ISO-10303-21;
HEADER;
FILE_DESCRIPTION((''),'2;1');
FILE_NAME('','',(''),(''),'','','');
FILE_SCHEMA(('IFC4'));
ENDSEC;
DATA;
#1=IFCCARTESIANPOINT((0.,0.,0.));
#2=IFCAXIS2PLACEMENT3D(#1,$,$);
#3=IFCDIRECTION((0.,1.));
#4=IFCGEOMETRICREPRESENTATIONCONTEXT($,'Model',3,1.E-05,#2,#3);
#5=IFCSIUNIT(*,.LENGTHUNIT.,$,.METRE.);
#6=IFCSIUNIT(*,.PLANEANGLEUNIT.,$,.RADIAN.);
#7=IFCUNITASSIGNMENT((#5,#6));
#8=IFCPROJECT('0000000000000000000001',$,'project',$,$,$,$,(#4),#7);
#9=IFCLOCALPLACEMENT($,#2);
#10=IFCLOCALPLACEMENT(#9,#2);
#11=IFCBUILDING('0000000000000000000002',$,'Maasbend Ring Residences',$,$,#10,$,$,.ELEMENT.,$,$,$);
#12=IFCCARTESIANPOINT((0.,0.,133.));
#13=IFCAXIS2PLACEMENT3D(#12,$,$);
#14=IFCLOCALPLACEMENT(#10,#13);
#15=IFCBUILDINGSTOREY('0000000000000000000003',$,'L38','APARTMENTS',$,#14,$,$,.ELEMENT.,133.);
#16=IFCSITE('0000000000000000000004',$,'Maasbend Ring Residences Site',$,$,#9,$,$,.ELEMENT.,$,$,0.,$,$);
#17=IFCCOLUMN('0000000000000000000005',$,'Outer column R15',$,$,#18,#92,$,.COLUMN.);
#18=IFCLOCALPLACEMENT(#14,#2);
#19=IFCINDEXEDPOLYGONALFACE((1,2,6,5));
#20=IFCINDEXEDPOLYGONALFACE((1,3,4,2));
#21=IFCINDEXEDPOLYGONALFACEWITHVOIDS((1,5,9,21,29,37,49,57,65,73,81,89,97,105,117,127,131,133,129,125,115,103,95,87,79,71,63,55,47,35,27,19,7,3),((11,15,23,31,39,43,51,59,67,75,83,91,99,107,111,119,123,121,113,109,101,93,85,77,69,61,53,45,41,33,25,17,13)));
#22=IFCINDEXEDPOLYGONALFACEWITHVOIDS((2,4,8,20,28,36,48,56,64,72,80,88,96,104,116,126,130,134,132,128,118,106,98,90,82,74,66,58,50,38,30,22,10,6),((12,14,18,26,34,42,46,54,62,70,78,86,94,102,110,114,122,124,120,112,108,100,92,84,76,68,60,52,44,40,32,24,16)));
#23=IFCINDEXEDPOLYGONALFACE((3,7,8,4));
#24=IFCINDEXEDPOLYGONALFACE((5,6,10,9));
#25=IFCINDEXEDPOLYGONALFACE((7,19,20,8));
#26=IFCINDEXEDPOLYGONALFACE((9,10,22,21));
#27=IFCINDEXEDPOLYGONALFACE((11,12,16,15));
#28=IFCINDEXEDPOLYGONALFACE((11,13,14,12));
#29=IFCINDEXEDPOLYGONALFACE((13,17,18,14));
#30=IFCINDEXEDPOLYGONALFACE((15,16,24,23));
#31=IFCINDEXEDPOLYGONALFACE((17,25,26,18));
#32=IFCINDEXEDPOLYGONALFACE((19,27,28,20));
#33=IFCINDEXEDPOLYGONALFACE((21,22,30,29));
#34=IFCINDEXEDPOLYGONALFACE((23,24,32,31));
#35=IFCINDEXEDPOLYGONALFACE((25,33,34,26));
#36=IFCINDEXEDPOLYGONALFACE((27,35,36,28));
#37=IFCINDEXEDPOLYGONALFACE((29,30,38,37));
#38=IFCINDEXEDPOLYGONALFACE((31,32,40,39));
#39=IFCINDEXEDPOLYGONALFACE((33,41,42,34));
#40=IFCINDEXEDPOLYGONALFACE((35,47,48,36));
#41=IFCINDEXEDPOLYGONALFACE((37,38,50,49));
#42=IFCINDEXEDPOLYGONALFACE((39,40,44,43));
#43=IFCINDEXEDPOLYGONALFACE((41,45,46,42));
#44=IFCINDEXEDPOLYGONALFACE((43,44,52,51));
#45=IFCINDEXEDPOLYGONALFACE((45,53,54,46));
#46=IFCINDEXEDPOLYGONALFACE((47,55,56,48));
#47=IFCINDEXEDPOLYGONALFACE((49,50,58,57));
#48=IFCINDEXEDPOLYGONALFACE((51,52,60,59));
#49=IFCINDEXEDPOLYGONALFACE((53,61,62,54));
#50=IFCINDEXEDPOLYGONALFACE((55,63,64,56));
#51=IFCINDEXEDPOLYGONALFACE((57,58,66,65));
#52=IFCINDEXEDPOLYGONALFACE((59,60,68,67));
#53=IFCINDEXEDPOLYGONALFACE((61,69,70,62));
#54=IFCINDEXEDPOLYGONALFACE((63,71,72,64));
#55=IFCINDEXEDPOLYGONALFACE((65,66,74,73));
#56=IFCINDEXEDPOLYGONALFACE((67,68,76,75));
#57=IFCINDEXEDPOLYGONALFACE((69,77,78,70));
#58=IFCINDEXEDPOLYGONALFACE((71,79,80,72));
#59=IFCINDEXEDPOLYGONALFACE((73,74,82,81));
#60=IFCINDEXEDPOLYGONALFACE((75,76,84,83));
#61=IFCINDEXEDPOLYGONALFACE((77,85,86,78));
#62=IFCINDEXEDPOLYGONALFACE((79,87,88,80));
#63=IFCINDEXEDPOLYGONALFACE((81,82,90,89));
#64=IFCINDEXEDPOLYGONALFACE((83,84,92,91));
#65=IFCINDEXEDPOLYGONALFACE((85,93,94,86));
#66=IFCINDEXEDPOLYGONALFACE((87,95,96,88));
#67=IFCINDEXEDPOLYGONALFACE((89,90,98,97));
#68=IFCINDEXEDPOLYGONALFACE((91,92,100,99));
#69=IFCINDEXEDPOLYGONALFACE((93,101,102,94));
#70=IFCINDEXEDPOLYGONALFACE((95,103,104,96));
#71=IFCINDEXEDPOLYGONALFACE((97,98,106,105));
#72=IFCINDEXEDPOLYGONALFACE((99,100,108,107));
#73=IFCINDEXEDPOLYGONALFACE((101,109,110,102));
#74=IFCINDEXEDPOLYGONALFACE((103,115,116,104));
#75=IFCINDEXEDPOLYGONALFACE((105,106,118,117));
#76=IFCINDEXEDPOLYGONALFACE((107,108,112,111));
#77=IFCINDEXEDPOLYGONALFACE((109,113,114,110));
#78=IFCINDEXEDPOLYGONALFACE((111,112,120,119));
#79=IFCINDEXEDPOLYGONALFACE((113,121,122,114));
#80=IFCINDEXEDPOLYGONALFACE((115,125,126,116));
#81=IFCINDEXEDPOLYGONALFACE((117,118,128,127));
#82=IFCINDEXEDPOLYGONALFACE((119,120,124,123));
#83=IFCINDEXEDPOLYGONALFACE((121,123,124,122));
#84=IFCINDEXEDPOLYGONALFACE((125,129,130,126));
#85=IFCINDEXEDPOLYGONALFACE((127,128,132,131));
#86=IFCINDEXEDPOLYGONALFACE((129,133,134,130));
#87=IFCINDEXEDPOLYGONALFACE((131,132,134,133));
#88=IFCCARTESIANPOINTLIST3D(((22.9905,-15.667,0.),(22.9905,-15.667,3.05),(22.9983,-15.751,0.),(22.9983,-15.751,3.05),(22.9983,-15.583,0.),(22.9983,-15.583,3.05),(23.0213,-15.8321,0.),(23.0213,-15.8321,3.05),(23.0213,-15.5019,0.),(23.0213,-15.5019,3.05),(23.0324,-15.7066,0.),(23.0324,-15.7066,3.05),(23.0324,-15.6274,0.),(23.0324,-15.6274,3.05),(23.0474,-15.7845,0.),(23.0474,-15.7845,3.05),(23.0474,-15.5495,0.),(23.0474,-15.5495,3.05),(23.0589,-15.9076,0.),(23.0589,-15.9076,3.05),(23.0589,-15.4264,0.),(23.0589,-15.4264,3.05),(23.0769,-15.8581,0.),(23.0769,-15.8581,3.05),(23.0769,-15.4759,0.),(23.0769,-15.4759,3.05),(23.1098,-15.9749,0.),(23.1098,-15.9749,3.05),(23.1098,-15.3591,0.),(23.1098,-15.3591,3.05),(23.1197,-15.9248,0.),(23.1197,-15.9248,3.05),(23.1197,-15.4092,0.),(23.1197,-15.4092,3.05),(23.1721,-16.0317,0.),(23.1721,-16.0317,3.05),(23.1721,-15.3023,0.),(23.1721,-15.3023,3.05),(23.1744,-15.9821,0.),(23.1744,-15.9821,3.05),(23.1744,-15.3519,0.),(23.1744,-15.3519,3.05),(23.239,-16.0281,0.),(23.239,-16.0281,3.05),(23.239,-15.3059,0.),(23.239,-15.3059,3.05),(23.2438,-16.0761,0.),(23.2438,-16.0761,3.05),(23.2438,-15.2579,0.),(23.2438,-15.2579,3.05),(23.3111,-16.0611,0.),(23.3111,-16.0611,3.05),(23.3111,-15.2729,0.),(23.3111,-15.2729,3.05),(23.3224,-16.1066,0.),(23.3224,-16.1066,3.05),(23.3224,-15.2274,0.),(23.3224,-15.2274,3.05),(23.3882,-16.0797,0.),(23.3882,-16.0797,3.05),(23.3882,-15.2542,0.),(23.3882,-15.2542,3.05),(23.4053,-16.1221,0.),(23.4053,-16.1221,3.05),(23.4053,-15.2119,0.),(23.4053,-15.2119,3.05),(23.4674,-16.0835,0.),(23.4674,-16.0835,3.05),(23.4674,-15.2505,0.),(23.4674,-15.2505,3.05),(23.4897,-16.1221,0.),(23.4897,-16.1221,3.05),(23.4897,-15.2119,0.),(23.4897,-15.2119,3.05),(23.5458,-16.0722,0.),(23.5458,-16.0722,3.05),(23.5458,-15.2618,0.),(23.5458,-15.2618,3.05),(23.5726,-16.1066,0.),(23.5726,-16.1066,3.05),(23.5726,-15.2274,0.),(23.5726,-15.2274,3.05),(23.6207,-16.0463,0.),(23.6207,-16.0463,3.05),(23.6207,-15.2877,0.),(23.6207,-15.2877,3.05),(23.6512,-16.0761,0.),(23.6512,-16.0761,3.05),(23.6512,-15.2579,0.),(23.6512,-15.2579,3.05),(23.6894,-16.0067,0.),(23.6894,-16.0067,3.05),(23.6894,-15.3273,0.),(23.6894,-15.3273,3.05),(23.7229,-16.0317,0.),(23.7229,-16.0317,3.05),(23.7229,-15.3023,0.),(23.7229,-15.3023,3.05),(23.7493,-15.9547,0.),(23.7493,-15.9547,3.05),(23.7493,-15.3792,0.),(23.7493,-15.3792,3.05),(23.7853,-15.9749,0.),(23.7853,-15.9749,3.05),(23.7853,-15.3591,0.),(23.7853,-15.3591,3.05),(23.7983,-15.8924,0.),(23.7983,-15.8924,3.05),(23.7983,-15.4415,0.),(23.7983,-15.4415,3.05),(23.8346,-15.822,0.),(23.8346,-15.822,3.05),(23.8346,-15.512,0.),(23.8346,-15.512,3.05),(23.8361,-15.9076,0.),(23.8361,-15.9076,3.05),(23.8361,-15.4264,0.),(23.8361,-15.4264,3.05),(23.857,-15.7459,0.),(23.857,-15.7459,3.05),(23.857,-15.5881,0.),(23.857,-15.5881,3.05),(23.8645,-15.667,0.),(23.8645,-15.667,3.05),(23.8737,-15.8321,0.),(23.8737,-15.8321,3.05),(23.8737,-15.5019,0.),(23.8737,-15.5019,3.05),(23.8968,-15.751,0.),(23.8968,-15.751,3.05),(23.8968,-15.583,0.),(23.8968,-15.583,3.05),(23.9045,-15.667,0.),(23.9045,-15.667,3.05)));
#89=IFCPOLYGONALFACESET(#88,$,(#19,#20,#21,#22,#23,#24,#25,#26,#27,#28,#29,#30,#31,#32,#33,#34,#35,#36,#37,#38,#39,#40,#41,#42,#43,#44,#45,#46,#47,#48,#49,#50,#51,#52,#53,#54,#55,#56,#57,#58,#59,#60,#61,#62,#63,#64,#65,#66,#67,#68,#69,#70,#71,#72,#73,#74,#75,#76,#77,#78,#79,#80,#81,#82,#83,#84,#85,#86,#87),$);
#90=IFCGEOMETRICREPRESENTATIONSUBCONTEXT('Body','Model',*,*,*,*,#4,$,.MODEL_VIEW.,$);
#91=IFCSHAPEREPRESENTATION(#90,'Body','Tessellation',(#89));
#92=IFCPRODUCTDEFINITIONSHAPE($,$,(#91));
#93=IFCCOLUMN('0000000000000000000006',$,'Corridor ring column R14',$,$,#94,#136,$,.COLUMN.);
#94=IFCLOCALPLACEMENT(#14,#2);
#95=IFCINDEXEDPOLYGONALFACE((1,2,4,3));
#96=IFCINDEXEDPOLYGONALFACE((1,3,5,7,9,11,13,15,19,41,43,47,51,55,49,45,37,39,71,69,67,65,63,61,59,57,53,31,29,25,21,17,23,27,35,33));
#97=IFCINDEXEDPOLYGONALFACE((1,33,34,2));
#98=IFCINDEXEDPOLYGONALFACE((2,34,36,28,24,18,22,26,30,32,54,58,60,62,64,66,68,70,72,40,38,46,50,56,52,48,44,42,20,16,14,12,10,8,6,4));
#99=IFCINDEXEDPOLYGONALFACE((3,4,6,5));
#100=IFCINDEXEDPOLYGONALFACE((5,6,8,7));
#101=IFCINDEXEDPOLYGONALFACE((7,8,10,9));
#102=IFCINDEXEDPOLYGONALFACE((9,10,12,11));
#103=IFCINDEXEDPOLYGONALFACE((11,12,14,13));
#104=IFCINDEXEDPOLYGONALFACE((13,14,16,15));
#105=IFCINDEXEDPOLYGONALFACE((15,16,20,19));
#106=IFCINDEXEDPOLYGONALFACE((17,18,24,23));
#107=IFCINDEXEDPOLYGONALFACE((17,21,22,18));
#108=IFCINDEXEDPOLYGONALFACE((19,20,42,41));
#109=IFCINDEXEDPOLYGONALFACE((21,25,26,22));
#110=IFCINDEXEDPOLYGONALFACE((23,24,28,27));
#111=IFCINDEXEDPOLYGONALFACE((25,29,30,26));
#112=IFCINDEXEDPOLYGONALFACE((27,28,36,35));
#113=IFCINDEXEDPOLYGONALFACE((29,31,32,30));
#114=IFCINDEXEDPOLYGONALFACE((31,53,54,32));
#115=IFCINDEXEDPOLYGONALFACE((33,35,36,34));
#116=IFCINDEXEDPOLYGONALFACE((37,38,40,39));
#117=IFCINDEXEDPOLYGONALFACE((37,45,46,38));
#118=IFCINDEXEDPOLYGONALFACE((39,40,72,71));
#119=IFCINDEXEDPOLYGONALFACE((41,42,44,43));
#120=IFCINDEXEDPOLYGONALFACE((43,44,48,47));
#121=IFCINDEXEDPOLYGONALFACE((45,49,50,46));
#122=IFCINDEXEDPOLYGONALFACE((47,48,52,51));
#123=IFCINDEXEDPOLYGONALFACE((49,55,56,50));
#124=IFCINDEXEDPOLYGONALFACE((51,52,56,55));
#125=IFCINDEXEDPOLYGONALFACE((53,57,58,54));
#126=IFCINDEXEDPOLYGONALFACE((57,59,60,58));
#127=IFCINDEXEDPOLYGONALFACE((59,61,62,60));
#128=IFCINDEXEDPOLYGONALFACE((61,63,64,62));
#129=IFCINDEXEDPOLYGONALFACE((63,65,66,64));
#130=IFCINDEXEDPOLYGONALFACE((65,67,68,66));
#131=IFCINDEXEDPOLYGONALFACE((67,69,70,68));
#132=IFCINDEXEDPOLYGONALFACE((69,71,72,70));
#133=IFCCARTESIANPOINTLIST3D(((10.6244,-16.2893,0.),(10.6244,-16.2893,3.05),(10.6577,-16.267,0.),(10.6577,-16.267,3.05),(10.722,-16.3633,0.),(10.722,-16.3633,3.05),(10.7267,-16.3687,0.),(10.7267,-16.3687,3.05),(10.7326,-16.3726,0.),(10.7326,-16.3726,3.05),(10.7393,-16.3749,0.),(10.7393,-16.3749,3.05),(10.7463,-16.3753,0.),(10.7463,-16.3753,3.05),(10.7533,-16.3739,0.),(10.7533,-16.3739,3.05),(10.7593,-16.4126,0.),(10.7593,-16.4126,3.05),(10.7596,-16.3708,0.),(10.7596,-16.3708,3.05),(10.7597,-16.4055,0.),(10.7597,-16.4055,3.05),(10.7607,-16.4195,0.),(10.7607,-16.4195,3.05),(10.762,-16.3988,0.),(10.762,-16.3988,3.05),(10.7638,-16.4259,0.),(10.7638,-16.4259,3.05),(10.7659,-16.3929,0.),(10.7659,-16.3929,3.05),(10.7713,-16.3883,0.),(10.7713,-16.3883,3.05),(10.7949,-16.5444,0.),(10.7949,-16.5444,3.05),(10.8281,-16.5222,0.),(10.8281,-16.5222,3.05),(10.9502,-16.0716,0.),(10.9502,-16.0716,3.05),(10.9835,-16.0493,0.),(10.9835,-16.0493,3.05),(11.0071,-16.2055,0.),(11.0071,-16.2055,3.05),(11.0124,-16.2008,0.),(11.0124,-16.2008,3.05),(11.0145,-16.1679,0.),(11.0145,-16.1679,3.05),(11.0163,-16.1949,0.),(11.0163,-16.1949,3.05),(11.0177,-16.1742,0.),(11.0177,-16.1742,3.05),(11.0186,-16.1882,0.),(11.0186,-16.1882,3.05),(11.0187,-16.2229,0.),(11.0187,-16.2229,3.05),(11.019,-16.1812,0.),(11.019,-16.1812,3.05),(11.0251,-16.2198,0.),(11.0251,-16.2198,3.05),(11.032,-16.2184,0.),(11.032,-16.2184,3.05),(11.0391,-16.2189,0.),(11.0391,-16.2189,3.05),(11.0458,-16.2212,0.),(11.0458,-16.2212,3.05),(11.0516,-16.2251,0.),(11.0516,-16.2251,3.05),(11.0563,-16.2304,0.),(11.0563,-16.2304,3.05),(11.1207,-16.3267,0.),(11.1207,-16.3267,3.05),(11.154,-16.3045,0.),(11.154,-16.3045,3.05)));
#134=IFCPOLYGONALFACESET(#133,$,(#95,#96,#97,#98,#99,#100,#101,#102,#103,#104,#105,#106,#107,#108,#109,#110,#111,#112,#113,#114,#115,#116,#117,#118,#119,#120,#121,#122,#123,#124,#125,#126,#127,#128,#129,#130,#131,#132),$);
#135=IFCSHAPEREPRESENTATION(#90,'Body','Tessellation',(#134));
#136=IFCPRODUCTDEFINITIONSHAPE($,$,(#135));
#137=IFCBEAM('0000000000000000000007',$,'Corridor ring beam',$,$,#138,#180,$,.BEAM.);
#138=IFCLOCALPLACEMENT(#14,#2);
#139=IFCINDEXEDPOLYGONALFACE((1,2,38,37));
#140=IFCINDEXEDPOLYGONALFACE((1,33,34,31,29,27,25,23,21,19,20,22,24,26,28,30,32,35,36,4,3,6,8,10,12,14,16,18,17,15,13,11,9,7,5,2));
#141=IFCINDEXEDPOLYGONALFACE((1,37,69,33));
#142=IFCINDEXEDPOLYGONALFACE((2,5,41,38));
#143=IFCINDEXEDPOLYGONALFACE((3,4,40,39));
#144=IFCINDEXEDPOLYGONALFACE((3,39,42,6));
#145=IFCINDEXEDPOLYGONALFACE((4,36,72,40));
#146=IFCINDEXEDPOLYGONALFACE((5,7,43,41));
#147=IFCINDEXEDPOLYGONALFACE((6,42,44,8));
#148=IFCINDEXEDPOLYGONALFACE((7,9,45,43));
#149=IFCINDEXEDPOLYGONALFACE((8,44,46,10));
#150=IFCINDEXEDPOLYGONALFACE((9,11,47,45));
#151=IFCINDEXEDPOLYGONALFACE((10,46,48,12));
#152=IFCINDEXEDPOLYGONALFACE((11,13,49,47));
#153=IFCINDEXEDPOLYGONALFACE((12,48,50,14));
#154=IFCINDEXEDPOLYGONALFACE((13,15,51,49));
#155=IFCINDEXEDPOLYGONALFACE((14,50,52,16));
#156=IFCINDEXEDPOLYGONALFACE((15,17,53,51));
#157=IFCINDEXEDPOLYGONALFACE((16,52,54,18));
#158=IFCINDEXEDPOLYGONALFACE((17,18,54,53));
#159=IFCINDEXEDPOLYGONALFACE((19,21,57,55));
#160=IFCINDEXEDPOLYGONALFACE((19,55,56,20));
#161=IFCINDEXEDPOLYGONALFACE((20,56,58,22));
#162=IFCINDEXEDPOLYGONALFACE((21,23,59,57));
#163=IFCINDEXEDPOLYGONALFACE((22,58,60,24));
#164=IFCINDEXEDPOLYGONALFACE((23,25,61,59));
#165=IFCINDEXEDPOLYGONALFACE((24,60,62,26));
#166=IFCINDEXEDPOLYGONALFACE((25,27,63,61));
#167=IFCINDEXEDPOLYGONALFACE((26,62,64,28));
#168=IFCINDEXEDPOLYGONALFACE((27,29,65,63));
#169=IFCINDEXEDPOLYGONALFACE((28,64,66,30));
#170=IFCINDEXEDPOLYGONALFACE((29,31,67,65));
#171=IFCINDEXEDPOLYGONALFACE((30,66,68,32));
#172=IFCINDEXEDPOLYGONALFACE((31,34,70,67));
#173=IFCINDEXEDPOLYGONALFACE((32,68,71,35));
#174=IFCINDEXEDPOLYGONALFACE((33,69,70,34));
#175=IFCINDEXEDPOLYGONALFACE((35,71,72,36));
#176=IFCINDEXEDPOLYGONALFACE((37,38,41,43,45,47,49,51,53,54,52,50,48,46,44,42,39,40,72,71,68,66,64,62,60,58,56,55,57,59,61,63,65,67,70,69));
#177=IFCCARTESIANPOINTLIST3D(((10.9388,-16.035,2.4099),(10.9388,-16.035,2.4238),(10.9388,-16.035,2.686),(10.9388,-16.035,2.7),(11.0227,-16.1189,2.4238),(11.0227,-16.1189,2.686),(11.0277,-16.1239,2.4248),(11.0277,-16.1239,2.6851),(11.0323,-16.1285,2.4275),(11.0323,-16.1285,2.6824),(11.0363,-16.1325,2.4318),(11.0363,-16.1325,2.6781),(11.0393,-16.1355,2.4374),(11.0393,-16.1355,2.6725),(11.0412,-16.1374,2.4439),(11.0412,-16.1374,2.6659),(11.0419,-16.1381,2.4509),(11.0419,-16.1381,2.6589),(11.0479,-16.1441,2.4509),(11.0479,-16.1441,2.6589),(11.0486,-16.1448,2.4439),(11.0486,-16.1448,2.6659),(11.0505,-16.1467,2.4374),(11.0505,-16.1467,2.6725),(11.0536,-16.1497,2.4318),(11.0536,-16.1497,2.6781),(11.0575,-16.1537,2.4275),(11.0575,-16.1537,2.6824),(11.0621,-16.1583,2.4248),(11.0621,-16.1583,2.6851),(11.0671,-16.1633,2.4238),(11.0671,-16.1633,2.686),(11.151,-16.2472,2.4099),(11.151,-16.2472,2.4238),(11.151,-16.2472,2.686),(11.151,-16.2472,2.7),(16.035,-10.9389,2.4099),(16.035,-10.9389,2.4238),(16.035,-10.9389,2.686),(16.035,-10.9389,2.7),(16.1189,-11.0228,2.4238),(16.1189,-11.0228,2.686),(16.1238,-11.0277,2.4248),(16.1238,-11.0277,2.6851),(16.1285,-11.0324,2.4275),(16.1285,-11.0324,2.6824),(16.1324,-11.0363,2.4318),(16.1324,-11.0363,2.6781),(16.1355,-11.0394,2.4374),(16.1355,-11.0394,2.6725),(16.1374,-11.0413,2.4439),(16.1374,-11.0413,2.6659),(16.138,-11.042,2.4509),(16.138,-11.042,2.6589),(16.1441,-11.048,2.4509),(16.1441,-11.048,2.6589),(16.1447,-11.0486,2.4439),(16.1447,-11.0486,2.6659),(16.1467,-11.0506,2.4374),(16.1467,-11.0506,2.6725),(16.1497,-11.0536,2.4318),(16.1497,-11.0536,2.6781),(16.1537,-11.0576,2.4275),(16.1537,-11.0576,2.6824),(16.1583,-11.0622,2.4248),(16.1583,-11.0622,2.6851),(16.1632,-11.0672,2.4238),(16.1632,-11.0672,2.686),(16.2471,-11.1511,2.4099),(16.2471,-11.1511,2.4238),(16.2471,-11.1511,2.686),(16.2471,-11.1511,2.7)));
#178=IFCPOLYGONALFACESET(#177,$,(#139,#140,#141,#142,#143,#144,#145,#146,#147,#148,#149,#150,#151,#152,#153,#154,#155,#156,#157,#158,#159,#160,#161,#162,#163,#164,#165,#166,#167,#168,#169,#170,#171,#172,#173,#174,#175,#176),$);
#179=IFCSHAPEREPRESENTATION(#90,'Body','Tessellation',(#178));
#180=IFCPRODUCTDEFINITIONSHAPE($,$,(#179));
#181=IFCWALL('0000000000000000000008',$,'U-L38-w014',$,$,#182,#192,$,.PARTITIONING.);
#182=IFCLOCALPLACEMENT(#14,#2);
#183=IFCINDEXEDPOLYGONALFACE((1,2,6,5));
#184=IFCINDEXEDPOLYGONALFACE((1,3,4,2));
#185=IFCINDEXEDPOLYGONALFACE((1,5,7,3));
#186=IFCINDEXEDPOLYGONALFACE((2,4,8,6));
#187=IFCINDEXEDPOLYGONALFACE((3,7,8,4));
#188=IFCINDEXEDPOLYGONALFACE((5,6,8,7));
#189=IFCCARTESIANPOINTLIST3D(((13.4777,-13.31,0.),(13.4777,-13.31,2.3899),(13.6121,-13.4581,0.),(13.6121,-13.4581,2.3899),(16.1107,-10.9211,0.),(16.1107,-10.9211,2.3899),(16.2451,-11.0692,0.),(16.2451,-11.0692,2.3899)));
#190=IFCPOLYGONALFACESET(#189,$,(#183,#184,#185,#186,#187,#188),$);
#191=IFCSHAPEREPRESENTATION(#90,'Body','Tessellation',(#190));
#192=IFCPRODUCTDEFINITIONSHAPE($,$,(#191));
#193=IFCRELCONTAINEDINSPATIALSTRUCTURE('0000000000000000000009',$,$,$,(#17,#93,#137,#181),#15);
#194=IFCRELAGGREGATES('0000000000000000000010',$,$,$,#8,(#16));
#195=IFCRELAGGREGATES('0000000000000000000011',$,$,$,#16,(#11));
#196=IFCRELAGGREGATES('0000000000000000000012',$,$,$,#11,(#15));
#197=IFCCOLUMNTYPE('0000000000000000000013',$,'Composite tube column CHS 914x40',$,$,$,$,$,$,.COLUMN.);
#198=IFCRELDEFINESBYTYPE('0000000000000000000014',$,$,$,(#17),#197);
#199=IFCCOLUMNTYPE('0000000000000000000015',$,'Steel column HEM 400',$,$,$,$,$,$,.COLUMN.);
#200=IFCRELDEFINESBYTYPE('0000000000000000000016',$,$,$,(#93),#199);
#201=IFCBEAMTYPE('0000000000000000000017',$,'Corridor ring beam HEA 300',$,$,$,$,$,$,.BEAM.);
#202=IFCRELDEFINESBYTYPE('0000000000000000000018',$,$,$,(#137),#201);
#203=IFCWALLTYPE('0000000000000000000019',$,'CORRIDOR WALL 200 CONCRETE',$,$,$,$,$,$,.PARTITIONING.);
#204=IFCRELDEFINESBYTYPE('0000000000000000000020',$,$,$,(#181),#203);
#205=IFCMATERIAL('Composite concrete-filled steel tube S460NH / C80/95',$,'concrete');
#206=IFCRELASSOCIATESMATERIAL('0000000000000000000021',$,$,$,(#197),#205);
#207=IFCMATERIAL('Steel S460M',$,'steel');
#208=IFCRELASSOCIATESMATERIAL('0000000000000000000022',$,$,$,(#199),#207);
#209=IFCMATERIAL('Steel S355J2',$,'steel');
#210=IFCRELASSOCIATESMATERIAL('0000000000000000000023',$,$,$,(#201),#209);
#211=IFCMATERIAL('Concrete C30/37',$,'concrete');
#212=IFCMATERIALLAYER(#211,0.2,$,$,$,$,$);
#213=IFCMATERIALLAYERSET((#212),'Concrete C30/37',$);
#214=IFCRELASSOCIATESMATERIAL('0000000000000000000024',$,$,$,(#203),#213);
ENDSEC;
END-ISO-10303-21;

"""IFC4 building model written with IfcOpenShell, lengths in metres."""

from ifc_helpers import new_model, si_unit, direction, frame, frame_2d, origin, origin_2d, place, context, subcontext, project, spatial, rectangle, hollow_circle, i_section, extrude, material, layer, layer_set, material_profile, profile_set, type_object, element, save


model = new_model("IFC4")

# Units and contexts
model_context = context("Model", 3, precision=1e-05, world=origin(), true_north=direction((0.0, 1.0)))
body_context = subcontext(model_context, "Body", "Model", "MODEL_VIEW")
ifc_project = project(units=[si_unit("LENGTHUNIT", "METRE"), si_unit("PLANEANGLEUNIT", "RADIAN")], contexts=[model_context])

# Site, building, storey
site_placement = place(None, origin())
site = spatial("IfcSite", under=ifc_project, at=site_placement, Name="Maasbend Ring Residences Site", CompositionType="ELEMENT", RefElevation=0.0)
building_placement = place(site_placement, origin())
building = spatial("IfcBuilding", under=site, at=building_placement, Name="Maasbend Ring Residences", CompositionType="ELEMENT")
storey_placement = place(building_placement, frame((0.0, 0.0, 133.0)))
storey = spatial("IfcBuildingStorey", under=building, at=storey_placement, Name="L38", Description="APARTMENTS", CompositionType="ELEMENT", Elevation=133.0)

# Columns
ifc_material_1 = material(Name="Composite concrete-filled steel tube S460NH / C80/95", Category="concrete")
ifc_material_profile_1 = material_profile(ifc_material_1, hollow_circle(Radius=0.457, WallThickness=0.04, at=origin_2d()), Name="Composite tube column CHS 914x40")
ifc_profile_set_1 = profile_set([ifc_material_profile_1], Name="Composite concrete-filled steel tube S460NH / C80/95")
column_type_1 = type_object("IfcColumnType", Name="Composite tube column CHS 914x40", PredefinedType="COLUMN", material=ifc_profile_set_1)
column_1_placement = place(storey_placement, frame((23.4475, -15.667, 0.0), z_axis=(0.0, 0.0, 1.0), x_axis=(1.0, 0.0, 0.0)))
element("IfcColumn", 1, at=column_1_placement, inside=storey, type_object=column_type_1, Name="Outer column R15", PredefinedType="COLUMN", context=body_context, shape_type="SweptSolid", body=[
    extrude(hollow_circle(Radius=0.457, WallThickness=0.04, at=origin_2d()), origin(), (0.0, 0.0, 1.0), 3.05),
])
ifc_material_2 = material(Name="Steel S460M", Category="steel")
ifc_material_profile_2 = material_profile(ifc_material_2, i_section(OverallWidth=0.3069, OverallDepth=0.4319, WebThickness=0.021, FlangeThickness=0.04, FilletRadius=0.0271, at=origin_2d()), Name="HEM 400")
ifc_profile_set_2 = profile_set([ifc_material_profile_2], Name="Steel S460M")
column_type_2 = type_object("IfcColumnType", Name="Steel column HEM 400", PredefinedType="COLUMN", material=ifc_profile_set_2)
column_2_placement = place(storey_placement, frame((10.8892, -16.2969, 0.0), z_axis=(0.0, 0.0, 1.0), x_axis=(0.55557, -0.83147, 0.0)))
element("IfcColumn", 2, at=column_2_placement, inside=storey, type_object=column_type_2, Name="Corridor ring column R14", PredefinedType="COLUMN", context=body_context, shape_type="SweptSolid", body=[
    extrude(i_section(OverallWidth=0.3069, OverallDepth=0.4319, WebThickness=0.021, FlangeThickness=0.04, FilletRadius=0.0271, at=origin_2d()), origin(), (0.0, 0.0, 1.0), 3.05),
])

# Beam
ifc_material_3 = material(Name="Steel S355J2", Category="steel")
ifc_material_profile_3 = material_profile(ifc_material_3, i_section(OverallWidth=0.3, OverallDepth=0.29, WebThickness=0.0085, FlangeThickness=0.0139, FilletRadius=0.0271, at=origin_2d()), Name="HEA 300")
ifc_profile_set_3 = profile_set([ifc_material_profile_3], Name="Steel S355J2")
beam_type = type_object("IfcBeamType", Name="Corridor ring beam HEA 300", PredefinedType="BEAM", material=ifc_profile_set_3)
beam_placement = place(storey_placement, frame((11.0449, -16.1411, 2.5549), z_axis=(0.707107, 0.707107, 0.0), x_axis=(-0.707107, 0.707107, 0.0)))
element("IfcBeam", 3, at=beam_placement, inside=storey, type_object=beam_type, Name="Corridor ring beam", PredefinedType="BEAM", context=body_context, shape_type="SweptSolid", body=[
    extrude(i_section(OverallWidth=0.3, OverallDepth=0.29, WebThickness=0.0085, FlangeThickness=0.0139, FilletRadius=0.0271, at=origin_2d()), origin(), (0.0, 0.0, 1.0), 7.207),
])

# Wall
ifc_material_4 = material(Name="Concrete C30/37", Category="concrete")
ifc_layer_1 = layer(ifc_material_4, 0.2)
ifc_layer_set_1 = layer_set([ifc_layer_1], Name="Concrete C30/37")
wall_type_1 = type_object("IfcWallType", Name="CORRIDOR WALL 200 CONCRETE", PredefinedType="PARTITIONING", material=ifc_layer_set_1)
wall_1_placement = place(storey_placement, frame((13.5449, -13.384, 0.0), z_axis=(0.0, 0.0, 1.0), x_axis=(0.740608, 0.671938, 0.0)))
element("IfcWall", 4, at=wall_1_placement, inside=storey, type_object=wall_type_1, Name="U-L38-w014", PredefinedType="PARTITIONING", context=body_context, shape_type="SweptSolid", body=[
    extrude(rectangle(XDim=3.5552, YDim=0.2, at=frame_2d((1.7776, 0.0))), origin(), (0.0, 0.0, 1.0), 2.3899),
])

save(model, "model.ifc")
